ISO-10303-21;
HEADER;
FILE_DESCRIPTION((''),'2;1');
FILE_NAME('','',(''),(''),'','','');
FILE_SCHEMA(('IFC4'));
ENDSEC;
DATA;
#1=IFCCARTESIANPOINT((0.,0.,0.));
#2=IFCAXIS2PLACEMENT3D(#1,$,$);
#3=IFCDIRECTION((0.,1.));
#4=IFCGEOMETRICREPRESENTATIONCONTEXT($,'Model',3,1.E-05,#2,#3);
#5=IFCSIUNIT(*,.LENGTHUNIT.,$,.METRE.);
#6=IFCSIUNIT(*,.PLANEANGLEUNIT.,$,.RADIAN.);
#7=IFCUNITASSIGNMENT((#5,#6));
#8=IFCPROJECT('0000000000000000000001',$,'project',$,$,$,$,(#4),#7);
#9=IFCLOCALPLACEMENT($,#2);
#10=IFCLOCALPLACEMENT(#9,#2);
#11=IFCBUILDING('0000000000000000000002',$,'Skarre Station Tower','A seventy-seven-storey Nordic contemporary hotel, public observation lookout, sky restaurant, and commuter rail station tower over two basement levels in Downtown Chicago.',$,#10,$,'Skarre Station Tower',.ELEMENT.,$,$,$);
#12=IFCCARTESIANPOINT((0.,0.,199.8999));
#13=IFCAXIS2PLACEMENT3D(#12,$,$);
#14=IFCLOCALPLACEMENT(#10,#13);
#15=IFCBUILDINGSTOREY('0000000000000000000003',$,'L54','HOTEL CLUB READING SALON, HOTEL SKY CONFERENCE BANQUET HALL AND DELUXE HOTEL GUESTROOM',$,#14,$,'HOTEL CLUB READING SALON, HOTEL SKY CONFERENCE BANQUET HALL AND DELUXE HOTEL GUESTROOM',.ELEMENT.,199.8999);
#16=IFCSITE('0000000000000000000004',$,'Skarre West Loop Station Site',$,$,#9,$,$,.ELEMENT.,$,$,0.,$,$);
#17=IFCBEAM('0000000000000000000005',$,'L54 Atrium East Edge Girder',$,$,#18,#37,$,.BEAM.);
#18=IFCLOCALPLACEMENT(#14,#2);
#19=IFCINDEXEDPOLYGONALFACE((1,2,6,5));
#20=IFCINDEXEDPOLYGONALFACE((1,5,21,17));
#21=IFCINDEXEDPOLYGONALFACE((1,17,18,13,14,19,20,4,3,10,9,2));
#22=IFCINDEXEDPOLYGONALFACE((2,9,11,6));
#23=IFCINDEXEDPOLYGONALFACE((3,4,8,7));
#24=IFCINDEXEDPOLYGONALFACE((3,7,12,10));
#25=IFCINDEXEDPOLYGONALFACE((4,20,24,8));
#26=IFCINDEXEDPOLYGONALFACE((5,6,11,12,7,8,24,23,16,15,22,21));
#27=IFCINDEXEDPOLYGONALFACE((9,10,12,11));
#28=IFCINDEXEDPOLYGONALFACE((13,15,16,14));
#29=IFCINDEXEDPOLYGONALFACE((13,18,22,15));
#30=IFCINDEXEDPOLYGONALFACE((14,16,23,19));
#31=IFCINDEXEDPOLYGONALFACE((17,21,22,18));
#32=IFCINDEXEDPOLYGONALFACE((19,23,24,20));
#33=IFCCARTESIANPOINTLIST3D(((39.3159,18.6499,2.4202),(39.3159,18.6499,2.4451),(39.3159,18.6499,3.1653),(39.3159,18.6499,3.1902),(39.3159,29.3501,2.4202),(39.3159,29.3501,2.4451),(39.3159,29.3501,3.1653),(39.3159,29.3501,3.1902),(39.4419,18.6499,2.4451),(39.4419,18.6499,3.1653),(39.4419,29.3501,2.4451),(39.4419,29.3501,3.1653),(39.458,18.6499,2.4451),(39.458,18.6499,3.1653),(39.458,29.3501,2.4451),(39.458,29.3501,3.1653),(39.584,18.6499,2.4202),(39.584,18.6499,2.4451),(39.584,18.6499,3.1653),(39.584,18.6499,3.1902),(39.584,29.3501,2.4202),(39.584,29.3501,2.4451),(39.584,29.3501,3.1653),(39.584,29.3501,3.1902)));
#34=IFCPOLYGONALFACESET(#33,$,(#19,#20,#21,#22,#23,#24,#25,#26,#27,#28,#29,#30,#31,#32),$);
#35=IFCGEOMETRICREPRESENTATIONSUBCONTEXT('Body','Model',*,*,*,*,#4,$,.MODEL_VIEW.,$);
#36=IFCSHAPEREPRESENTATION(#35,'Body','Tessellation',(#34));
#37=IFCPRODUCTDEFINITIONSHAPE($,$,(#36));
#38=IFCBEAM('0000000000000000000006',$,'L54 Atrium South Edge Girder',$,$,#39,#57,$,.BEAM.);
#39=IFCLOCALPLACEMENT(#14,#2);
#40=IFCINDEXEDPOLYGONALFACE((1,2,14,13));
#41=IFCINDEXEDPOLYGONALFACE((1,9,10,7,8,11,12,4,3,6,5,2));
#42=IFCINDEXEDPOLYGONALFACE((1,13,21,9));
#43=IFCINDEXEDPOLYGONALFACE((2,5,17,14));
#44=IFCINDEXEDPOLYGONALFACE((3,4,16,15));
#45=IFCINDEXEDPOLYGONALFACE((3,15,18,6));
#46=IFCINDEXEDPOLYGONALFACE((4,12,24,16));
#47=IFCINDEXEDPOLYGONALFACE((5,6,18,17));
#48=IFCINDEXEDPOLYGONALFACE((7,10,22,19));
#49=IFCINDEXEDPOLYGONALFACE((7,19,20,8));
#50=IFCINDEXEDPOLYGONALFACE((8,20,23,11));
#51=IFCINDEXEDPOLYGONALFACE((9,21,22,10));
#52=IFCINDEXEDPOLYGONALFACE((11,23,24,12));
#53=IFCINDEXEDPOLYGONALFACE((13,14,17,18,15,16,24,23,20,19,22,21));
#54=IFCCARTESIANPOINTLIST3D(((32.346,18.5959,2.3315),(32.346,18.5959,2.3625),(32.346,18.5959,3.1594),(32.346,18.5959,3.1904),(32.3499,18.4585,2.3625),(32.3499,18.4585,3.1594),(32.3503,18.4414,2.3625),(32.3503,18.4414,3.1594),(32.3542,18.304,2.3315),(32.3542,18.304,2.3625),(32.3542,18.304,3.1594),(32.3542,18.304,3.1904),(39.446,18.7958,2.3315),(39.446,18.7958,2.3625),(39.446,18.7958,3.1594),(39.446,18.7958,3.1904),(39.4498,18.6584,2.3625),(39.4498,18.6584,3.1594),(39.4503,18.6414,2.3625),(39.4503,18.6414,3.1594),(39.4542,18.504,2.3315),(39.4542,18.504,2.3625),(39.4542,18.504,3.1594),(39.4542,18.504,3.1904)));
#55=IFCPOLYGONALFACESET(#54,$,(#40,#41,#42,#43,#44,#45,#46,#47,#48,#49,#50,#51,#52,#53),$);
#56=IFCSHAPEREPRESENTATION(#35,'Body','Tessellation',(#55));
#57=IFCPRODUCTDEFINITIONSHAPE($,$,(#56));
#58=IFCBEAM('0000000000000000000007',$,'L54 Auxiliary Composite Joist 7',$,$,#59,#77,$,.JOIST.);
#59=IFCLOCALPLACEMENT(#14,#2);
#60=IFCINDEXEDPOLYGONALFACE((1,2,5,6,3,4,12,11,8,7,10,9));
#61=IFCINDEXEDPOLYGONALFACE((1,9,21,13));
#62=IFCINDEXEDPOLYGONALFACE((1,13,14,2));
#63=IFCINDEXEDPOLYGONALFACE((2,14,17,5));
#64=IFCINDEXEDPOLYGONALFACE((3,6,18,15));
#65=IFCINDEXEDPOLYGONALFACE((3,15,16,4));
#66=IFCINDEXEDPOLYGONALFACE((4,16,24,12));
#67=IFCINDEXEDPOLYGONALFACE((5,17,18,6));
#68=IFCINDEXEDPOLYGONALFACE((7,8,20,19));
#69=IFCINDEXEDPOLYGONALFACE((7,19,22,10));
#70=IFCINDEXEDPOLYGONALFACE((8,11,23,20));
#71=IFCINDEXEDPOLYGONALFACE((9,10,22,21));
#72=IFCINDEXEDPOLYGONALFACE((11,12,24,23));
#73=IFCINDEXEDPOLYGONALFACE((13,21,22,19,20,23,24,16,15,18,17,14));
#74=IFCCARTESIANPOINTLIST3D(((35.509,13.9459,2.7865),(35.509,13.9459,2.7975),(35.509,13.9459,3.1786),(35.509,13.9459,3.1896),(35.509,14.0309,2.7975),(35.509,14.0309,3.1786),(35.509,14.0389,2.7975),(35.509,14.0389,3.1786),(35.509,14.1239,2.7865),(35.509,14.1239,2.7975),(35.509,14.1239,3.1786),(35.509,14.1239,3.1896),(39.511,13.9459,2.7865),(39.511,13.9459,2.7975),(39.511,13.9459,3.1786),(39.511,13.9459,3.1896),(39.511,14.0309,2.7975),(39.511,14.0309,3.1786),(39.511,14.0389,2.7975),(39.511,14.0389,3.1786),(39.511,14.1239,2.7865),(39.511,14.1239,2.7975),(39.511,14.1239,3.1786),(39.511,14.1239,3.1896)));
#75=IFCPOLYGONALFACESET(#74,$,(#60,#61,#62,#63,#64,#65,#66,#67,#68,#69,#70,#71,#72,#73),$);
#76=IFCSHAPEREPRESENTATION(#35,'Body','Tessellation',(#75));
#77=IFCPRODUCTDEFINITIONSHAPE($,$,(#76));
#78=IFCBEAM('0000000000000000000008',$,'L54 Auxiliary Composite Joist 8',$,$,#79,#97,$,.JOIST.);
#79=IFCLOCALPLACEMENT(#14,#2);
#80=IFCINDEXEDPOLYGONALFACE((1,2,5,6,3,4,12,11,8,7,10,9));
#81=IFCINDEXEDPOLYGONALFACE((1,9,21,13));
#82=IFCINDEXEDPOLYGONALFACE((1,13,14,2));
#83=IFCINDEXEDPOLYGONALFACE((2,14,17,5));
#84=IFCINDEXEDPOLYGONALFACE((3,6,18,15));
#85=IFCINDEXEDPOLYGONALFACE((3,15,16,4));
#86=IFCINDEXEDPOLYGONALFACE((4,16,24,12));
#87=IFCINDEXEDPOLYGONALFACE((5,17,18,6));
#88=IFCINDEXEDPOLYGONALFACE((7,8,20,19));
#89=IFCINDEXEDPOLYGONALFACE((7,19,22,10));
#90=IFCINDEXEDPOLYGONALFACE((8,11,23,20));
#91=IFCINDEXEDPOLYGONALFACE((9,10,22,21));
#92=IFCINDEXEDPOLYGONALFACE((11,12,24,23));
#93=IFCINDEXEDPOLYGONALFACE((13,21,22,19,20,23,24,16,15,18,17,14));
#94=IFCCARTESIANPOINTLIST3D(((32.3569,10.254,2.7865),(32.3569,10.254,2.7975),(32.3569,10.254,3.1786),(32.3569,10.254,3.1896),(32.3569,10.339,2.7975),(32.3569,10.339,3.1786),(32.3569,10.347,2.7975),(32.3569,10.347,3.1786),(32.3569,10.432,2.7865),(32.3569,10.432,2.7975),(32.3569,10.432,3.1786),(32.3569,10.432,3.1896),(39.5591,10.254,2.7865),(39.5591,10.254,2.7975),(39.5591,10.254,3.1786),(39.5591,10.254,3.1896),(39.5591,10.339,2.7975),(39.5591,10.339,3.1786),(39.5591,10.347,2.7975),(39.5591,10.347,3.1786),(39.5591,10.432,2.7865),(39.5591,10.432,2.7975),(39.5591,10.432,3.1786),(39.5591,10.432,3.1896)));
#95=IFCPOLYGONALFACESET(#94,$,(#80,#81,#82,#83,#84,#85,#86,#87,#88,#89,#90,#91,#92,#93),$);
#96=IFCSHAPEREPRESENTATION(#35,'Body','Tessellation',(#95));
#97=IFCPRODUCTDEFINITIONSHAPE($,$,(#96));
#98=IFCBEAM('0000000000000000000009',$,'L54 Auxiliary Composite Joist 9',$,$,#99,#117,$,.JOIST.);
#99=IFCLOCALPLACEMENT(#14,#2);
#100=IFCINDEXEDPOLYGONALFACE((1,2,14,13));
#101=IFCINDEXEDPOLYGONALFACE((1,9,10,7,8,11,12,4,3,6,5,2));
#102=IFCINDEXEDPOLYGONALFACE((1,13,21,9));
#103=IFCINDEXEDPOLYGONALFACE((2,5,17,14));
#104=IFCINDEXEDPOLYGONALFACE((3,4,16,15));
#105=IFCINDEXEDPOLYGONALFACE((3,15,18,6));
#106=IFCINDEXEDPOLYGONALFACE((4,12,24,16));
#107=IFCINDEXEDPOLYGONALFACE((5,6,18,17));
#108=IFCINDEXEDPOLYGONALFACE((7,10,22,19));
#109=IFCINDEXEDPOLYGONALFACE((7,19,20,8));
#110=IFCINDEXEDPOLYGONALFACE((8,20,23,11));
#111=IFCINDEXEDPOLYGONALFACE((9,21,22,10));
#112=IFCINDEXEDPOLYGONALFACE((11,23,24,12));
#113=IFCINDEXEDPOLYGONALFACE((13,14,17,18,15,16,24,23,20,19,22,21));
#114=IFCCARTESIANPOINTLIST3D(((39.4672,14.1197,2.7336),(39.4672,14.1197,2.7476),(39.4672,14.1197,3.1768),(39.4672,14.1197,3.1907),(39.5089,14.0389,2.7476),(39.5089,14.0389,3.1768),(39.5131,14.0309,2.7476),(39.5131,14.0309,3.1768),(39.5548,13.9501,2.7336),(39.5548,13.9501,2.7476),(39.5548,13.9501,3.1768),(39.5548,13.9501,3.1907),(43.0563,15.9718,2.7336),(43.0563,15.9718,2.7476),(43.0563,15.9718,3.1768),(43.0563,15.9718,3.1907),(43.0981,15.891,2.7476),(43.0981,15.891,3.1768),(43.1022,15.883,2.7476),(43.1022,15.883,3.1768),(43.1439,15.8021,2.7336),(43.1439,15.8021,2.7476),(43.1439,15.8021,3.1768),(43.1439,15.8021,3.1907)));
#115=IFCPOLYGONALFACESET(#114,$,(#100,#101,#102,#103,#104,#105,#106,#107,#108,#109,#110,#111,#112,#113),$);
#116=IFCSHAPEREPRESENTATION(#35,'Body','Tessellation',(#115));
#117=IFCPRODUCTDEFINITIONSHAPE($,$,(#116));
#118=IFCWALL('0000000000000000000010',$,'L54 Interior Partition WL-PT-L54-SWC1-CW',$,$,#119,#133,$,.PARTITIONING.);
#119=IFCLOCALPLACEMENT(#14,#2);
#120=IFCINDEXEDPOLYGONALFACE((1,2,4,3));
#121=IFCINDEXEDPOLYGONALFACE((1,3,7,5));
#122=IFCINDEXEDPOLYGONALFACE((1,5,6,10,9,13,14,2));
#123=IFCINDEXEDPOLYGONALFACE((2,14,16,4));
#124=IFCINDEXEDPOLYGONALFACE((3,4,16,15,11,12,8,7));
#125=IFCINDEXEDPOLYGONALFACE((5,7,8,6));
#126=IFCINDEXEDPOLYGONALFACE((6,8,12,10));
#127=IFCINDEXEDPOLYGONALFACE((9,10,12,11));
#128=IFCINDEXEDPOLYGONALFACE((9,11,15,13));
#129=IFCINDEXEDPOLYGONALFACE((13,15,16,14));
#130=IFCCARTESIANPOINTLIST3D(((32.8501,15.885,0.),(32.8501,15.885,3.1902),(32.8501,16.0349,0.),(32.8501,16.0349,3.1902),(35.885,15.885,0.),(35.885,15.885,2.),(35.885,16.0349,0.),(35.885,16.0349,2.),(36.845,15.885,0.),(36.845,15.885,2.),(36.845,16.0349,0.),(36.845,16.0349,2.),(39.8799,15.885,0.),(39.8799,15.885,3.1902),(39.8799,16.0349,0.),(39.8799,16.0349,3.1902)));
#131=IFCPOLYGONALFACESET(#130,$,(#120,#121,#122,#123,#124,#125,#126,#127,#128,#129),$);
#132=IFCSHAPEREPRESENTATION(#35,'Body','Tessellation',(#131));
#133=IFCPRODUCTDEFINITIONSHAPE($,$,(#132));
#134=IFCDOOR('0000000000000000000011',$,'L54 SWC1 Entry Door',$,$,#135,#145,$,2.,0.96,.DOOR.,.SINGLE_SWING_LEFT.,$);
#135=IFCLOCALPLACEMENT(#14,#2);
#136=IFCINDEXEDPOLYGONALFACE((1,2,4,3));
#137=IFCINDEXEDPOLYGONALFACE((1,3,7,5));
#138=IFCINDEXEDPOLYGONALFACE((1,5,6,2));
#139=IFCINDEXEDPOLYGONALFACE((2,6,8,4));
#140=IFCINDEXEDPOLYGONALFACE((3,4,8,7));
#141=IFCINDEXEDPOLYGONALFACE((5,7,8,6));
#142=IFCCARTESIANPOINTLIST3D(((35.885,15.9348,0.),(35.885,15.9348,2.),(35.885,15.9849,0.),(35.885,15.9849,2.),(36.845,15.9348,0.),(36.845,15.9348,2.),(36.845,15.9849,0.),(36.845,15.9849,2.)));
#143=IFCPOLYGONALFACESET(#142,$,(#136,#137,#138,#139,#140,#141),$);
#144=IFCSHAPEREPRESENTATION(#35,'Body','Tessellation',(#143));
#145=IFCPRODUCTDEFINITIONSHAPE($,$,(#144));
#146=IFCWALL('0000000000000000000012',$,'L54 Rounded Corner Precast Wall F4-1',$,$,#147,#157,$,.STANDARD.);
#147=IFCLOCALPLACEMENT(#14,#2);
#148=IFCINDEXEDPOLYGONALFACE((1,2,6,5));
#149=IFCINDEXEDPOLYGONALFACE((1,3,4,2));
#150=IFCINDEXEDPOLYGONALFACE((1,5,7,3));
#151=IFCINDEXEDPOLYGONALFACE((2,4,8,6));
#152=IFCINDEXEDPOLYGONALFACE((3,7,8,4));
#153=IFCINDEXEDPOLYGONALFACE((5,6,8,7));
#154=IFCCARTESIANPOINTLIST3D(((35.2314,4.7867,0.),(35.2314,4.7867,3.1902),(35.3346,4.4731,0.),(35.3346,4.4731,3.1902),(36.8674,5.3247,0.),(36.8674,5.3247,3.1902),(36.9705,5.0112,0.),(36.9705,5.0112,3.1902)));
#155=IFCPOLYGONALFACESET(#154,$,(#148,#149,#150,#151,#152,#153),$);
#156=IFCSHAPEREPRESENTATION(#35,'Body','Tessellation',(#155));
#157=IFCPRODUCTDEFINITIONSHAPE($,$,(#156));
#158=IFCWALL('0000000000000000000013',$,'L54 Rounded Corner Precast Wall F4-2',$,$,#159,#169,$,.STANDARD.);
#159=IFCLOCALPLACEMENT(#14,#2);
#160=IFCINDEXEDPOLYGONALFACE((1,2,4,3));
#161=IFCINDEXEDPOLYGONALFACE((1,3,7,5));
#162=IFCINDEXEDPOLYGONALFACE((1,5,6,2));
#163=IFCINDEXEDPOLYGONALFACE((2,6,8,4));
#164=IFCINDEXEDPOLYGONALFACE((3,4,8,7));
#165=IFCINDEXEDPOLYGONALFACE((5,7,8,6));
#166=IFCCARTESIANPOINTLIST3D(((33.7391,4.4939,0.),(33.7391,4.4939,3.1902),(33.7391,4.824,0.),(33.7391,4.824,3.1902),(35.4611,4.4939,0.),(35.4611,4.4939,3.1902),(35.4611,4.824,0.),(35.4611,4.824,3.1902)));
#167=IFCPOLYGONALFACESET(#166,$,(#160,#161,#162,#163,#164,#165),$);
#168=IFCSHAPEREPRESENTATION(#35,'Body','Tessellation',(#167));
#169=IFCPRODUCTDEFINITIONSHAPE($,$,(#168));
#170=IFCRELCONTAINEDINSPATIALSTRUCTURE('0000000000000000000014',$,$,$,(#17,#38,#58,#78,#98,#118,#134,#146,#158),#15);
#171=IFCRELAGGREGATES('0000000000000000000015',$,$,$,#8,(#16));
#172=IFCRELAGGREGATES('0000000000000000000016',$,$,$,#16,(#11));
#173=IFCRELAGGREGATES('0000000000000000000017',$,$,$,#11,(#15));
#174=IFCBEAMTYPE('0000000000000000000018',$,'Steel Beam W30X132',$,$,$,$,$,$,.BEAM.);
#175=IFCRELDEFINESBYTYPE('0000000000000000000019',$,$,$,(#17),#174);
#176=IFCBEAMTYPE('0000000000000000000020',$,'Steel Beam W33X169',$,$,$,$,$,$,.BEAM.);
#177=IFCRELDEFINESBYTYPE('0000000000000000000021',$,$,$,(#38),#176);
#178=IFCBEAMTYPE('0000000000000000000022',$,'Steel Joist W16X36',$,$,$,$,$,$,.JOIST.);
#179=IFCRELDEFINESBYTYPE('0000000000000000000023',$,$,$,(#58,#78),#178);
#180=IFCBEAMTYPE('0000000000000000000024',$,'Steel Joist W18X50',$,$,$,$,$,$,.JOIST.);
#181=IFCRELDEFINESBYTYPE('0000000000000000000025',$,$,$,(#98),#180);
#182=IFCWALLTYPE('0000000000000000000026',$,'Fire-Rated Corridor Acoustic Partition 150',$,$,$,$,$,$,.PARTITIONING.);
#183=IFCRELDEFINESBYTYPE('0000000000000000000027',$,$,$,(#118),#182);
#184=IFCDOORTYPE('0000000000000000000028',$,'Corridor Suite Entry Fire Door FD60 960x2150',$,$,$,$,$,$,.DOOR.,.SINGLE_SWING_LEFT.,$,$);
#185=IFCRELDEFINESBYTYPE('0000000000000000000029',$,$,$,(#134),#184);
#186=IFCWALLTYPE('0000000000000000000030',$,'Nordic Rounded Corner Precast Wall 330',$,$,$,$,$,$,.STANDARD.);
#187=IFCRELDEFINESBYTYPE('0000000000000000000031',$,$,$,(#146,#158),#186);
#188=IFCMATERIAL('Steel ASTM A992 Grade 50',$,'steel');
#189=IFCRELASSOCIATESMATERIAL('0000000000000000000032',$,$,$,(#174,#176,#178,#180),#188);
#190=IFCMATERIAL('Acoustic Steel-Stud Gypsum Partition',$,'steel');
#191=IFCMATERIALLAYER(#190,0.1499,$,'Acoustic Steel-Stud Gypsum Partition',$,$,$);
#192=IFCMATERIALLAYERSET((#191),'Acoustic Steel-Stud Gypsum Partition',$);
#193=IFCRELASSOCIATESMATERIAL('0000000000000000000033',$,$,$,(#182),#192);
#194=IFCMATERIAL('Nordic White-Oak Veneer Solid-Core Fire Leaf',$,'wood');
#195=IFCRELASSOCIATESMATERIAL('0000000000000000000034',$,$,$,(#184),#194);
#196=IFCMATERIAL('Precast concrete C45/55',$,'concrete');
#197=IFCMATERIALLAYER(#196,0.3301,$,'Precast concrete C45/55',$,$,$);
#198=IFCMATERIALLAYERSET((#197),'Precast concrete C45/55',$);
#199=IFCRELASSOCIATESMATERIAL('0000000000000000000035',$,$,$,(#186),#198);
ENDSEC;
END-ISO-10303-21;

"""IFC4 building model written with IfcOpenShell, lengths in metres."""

from ifc_helpers import new_model, si_unit, direction, frame, frame_2d, origin, origin_2d, place, context, subcontext, project, spatial, rectangle, i_section, extrude, material, layer, layer_set, material_profile, profile_set, type_object, element, fill, save


model = new_model("IFC4")

# Units and contexts
model_context = context("Model", 3, precision=1e-05, world=origin(), true_north=direction((0.0, 1.0)))
body_context = subcontext(model_context, "Body", "Model", "MODEL_VIEW")
ifc_project = project(units=[si_unit("LENGTHUNIT", "METRE"), si_unit("PLANEANGLEUNIT", "RADIAN")], contexts=[model_context])

# Site, building, storey
site_placement = place(None, origin())
site = spatial("IfcSite", under=ifc_project, at=site_placement, Name="Skarre West Loop Station Site", CompositionType="ELEMENT", RefElevation=0.0)
building_placement = place(site_placement, origin())
building = spatial("IfcBuilding", under=site, at=building_placement, Name="Skarre Station Tower", Description="A seventy-seven-storey Nordic contemporary hotel, public observation lookout, sky restaurant, and commuter rail station tower over two basement levels in Downtown Chicago.", LongName="Skarre Station Tower", CompositionType="ELEMENT")
storey_placement = place(building_placement, frame((0.0, 0.0, 199.8999)))
storey = spatial("IfcBuildingStorey", under=building, at=storey_placement, Name="L54", Description="HOTEL CLUB READING SALON, HOTEL SKY CONFERENCE BANQUET HALL AND DELUXE HOTEL GUESTROOM", LongName="HOTEL CLUB READING SALON, HOTEL SKY CONFERENCE BANQUET HALL AND DELUXE HOTEL GUESTROOM", CompositionType="ELEMENT", Elevation=199.8999)

# Beams
ifc_material_1 = material(Name="Steel ASTM A992 Grade 50", Category="steel")
ifc_material_profile_1 = material_profile(ifc_material_1, i_section(OverallWidth=0.2681, OverallDepth=0.77, WebThickness=0.0161, FlangeThickness=0.0249, at=origin_2d()), Name="Steel ASTM A992 Grade 50")
ifc_profile_set_1 = profile_set([ifc_material_profile_1], Name="Steel ASTM A992 Grade 50")
beam_type_1 = type_object("IfcBeamType", Name="Steel Beam W30X132", PredefinedType="BEAM", material=ifc_profile_set_1)
beam_1_placement = place(storey_placement, frame((39.45, 18.6499, 2.8052), z_axis=(0.0, 1.0, 0.0), x_axis=(-1.0, 0.0, 0.0)))
element("IfcBeam", 1, at=beam_1_placement, inside=storey, type_object=beam_type_1, Name="L54 Atrium East Edge Girder", PredefinedType="BEAM", context=body_context, shape_type="SweptSolid", body=[
    extrude(i_section(OverallWidth=0.2681, OverallDepth=0.77, WebThickness=0.0161, FlangeThickness=0.0249, at=origin_2d()), origin(), (0.0, 0.0, 1.0), 10.7002),
])
ifc_material_profile_2 = material_profile(ifc_material_1, i_section(OverallWidth=0.292, OverallDepth=0.8589, WebThickness=0.0171, FlangeThickness=0.031, at=origin_2d()), Name="Steel ASTM A992 Grade 50")
ifc_profile_set_2 = profile_set([ifc_material_profile_2], Name="Steel ASTM A992 Grade 50")
beam_type_2 = type_object("IfcBeamType", Name="Steel Beam W33X169", PredefinedType="BEAM", material=ifc_profile_set_2)
beam_2_placement = place(storey_placement, frame((32.3501, 18.45, 2.761), z_axis=(0.999604, 0.028152, 0.0), x_axis=(-0.028152, 0.999604, 0.0)))
element("IfcBeam", 2, at=beam_2_placement, inside=storey, type_object=beam_type_2, Name="L54 Atrium South Edge Girder", PredefinedType="BEAM", context=body_context, shape_type="SweptSolid", body=[
    extrude(i_section(OverallWidth=0.292, OverallDepth=0.8589, WebThickness=0.0171, FlangeThickness=0.031, at=origin_2d()), origin(), (0.0, 0.0, 1.0), 7.1028),
])
ifc_material_profile_3 = material_profile(ifc_material_1, i_section(OverallWidth=0.178, OverallDepth=0.4031, WebThickness=0.0081, FlangeThickness=0.011, at=origin_2d()), Name="Steel ASTM A992 Grade 50")
ifc_profile_set_3 = profile_set([ifc_material_profile_3], Name="Steel ASTM A992 Grade 50")
beam_type_3 = type_object("IfcBeamType", Name="Steel Joist W16X36", PredefinedType="JOIST", material=ifc_profile_set_3)
beam_3_placement = place(storey_placement, frame((35.509, 14.0349, 2.988), z_axis=(1.0, 0.0, 0.0), x_axis=(0.0, 1.0, 0.0)))
element("IfcBeam", 3, at=beam_3_placement, inside=storey, type_object=beam_type_3, Name="L54 Auxiliary Composite Joist 7", PredefinedType="JOIST", context=body_context, shape_type="SweptSolid", body=[
    extrude(i_section(OverallWidth=0.178, OverallDepth=0.4031, WebThickness=0.0081, FlangeThickness=0.011, at=origin_2d()), origin(), (0.0, 0.0, 1.0), 4.002),
])
beam_4_placement = place(storey_placement, frame((32.3569, 10.343, 2.988), z_axis=(1.0, 0.0, 0.0), x_axis=(0.0, 1.0, 0.0)))
element("IfcBeam", 4, at=beam_4_placement, inside=storey, type_object=beam_type_3, Name="L54 Auxiliary Composite Joist 8", PredefinedType="JOIST", context=body_context, shape_type="SweptSolid", body=[
    extrude(i_section(OverallWidth=0.178, OverallDepth=0.4031, WebThickness=0.0081, FlangeThickness=0.011, at=origin_2d()), origin(), (0.0, 0.0, 1.0), 7.2021),
])
ifc_material_profile_4 = material_profile(ifc_material_1, i_section(OverallWidth=0.1909, OverallDepth=0.457, WebThickness=0.009, FlangeThickness=0.0139, at=origin_2d()), Name="Steel ASTM A992 Grade 50")
ifc_profile_set_4 = profile_set([ifc_material_profile_4], Name="Steel ASTM A992 Grade 50")
beam_type_4 = type_object("IfcBeamType", Name="Steel Joist W18X50", PredefinedType="JOIST", material=ifc_profile_set_4)
beam_5_placement = place(storey_placement, frame((39.511, 14.0349, 2.9622), z_axis=(0.88866, 0.458566, 0.0), x_axis=(-0.458566, 0.88866, 0.0)))
element("IfcBeam", 5, at=beam_5_placement, inside=storey, type_object=beam_type_4, Name="L54 Auxiliary Composite Joist 9", PredefinedType="JOIST", context=body_context, shape_type="SweptSolid", body=[
    extrude(i_section(OverallWidth=0.1909, OverallDepth=0.457, WebThickness=0.009, FlangeThickness=0.0139, at=origin_2d()), origin(), (0.0, 0.0, 1.0), 4.0388),
])

# Wall, opening, door
ifc_material_2 = material(Name="Acoustic Steel-Stud Gypsum Partition", Category="steel")
ifc_layer_1 = layer(ifc_material_2, 0.1499, Name="Acoustic Steel-Stud Gypsum Partition")
ifc_layer_set_1 = layer_set([ifc_layer_1], Name="Acoustic Steel-Stud Gypsum Partition")
wall_type_1 = type_object("IfcWallType", Name="Fire-Rated Corridor Acoustic Partition 150", PredefinedType="PARTITIONING", material=ifc_layer_set_1)
wall_1_placement = place(storey_placement, frame((32.8501, 15.96, 0.0), z_axis=(0.0, 0.0, 1.0), x_axis=(1.0, 0.0, 0.0)))
wall_1 = element("IfcWall", 6, at=wall_1_placement, inside=storey, type_object=wall_type_1, Name="L54 Interior Partition WL-PT-L54-SWC1-CW", PredefinedType="PARTITIONING", context=body_context, shape_type="SweptSolid", body=[
    extrude(rectangle(XDim=7.0298, YDim=0.1499, at=frame_2d((3.5149, 0.0))), origin(), (0.0, 0.0, 1.0), 3.1902),
])
opening_1_placement = place(wall_1_placement, frame((3.0349, 0.0, 0.0)))
opening_1 = element("IfcOpeningElement", 7, at=opening_1_placement, cuts=wall_1, PredefinedType="OPENING", context=body_context, shape_type="SweptSolid", body=[
    extrude(rectangle(XDim=0.96, YDim=2.0, at=frame_2d((0.48, 1.0))), frame((0.0, 0.085, 0.0), z_axis=(0.0, -1.0, 0.0), x_axis=(1.0, 0.0, 0.0)), (0.0, 0.0, 1.0), 0.1699),
])
ifc_material_3 = material(Name="Nordic White-Oak Veneer Solid-Core Fire Leaf", Category="wood")
door_type_1 = type_object("IfcDoorType", Name="Corridor Suite Entry Fire Door FD60 960x2150", OperationType="SINGLE_SWING_LEFT", PredefinedType="DOOR", material=ifc_material_3)
door_1_placement = place(opening_1_placement, origin())
door_1 = element("IfcDoor", 8, at=door_1_placement, inside=storey, type_object=door_type_1, Name="L54 SWC1 Entry Door", OperationType="SINGLE_SWING_LEFT", OverallHeight=2.0, OverallWidth=0.96, PredefinedType="DOOR", context=body_context, shape_type="SweptSolid", body=[
    extrude(rectangle(XDim=0.96, YDim=2.0, at=frame_2d((0.48, 1.0))), frame((0.0, 0.0249, 0.0), z_axis=(0.0, -1.0, 0.0), x_axis=(1.0, 0.0, 0.0)), (0.0, 0.0, 1.0), 0.05),
])
fill(opening_1, door_1)

# Walls
ifc_material_4 = material(Name="Precast concrete C45/55", Category="concrete")
ifc_layer_2 = layer(ifc_material_4, 0.3301, Name="Precast concrete C45/55")
ifc_layer_set_2 = layer_set([ifc_layer_2], Name="Precast concrete C45/55")
wall_type_2 = type_object("IfcWallType", Name="Nordic Rounded Corner Precast Wall 330", PredefinedType="STANDARD", material=ifc_layer_set_2)
wall_2_placement = place(storey_placement, frame((36.9189, 5.168, 0.0), z_axis=(0.0, 0.0, 1.0), x_axis=(-0.949937, -0.31244, 0.0)))
element("IfcWall", 9, at=wall_2_placement, inside=storey, type_object=wall_type_2, Name="L54 Rounded Corner Precast Wall F4-1", PredefinedType="STANDARD", context=body_context, shape_type="SweptSolid", body=[
    extrude(rectangle(XDim=1.7222, YDim=0.3301, at=frame_2d((0.8611, 0.0))), origin(), (0.0, 0.0, 1.0), 3.1902),
])
wall_3_placement = place(storey_placement, frame((35.4609, 4.6589, 0.0), z_axis=(0.0, 0.0, 1.0), x_axis=(-1.0, 0.0, 0.0)))
element("IfcWall", 10, at=wall_3_placement, inside=storey, type_object=wall_type_2, Name="L54 Rounded Corner Precast Wall F4-2", PredefinedType="STANDARD", context=body_context, shape_type="SweptSolid", body=[
    extrude(rectangle(XDim=1.7219, YDim=0.3301, at=frame_2d((0.8608, 0.0))), origin(), (0.0, 0.0, 1.0), 3.1902),
])

save(model, "model.ifc")
